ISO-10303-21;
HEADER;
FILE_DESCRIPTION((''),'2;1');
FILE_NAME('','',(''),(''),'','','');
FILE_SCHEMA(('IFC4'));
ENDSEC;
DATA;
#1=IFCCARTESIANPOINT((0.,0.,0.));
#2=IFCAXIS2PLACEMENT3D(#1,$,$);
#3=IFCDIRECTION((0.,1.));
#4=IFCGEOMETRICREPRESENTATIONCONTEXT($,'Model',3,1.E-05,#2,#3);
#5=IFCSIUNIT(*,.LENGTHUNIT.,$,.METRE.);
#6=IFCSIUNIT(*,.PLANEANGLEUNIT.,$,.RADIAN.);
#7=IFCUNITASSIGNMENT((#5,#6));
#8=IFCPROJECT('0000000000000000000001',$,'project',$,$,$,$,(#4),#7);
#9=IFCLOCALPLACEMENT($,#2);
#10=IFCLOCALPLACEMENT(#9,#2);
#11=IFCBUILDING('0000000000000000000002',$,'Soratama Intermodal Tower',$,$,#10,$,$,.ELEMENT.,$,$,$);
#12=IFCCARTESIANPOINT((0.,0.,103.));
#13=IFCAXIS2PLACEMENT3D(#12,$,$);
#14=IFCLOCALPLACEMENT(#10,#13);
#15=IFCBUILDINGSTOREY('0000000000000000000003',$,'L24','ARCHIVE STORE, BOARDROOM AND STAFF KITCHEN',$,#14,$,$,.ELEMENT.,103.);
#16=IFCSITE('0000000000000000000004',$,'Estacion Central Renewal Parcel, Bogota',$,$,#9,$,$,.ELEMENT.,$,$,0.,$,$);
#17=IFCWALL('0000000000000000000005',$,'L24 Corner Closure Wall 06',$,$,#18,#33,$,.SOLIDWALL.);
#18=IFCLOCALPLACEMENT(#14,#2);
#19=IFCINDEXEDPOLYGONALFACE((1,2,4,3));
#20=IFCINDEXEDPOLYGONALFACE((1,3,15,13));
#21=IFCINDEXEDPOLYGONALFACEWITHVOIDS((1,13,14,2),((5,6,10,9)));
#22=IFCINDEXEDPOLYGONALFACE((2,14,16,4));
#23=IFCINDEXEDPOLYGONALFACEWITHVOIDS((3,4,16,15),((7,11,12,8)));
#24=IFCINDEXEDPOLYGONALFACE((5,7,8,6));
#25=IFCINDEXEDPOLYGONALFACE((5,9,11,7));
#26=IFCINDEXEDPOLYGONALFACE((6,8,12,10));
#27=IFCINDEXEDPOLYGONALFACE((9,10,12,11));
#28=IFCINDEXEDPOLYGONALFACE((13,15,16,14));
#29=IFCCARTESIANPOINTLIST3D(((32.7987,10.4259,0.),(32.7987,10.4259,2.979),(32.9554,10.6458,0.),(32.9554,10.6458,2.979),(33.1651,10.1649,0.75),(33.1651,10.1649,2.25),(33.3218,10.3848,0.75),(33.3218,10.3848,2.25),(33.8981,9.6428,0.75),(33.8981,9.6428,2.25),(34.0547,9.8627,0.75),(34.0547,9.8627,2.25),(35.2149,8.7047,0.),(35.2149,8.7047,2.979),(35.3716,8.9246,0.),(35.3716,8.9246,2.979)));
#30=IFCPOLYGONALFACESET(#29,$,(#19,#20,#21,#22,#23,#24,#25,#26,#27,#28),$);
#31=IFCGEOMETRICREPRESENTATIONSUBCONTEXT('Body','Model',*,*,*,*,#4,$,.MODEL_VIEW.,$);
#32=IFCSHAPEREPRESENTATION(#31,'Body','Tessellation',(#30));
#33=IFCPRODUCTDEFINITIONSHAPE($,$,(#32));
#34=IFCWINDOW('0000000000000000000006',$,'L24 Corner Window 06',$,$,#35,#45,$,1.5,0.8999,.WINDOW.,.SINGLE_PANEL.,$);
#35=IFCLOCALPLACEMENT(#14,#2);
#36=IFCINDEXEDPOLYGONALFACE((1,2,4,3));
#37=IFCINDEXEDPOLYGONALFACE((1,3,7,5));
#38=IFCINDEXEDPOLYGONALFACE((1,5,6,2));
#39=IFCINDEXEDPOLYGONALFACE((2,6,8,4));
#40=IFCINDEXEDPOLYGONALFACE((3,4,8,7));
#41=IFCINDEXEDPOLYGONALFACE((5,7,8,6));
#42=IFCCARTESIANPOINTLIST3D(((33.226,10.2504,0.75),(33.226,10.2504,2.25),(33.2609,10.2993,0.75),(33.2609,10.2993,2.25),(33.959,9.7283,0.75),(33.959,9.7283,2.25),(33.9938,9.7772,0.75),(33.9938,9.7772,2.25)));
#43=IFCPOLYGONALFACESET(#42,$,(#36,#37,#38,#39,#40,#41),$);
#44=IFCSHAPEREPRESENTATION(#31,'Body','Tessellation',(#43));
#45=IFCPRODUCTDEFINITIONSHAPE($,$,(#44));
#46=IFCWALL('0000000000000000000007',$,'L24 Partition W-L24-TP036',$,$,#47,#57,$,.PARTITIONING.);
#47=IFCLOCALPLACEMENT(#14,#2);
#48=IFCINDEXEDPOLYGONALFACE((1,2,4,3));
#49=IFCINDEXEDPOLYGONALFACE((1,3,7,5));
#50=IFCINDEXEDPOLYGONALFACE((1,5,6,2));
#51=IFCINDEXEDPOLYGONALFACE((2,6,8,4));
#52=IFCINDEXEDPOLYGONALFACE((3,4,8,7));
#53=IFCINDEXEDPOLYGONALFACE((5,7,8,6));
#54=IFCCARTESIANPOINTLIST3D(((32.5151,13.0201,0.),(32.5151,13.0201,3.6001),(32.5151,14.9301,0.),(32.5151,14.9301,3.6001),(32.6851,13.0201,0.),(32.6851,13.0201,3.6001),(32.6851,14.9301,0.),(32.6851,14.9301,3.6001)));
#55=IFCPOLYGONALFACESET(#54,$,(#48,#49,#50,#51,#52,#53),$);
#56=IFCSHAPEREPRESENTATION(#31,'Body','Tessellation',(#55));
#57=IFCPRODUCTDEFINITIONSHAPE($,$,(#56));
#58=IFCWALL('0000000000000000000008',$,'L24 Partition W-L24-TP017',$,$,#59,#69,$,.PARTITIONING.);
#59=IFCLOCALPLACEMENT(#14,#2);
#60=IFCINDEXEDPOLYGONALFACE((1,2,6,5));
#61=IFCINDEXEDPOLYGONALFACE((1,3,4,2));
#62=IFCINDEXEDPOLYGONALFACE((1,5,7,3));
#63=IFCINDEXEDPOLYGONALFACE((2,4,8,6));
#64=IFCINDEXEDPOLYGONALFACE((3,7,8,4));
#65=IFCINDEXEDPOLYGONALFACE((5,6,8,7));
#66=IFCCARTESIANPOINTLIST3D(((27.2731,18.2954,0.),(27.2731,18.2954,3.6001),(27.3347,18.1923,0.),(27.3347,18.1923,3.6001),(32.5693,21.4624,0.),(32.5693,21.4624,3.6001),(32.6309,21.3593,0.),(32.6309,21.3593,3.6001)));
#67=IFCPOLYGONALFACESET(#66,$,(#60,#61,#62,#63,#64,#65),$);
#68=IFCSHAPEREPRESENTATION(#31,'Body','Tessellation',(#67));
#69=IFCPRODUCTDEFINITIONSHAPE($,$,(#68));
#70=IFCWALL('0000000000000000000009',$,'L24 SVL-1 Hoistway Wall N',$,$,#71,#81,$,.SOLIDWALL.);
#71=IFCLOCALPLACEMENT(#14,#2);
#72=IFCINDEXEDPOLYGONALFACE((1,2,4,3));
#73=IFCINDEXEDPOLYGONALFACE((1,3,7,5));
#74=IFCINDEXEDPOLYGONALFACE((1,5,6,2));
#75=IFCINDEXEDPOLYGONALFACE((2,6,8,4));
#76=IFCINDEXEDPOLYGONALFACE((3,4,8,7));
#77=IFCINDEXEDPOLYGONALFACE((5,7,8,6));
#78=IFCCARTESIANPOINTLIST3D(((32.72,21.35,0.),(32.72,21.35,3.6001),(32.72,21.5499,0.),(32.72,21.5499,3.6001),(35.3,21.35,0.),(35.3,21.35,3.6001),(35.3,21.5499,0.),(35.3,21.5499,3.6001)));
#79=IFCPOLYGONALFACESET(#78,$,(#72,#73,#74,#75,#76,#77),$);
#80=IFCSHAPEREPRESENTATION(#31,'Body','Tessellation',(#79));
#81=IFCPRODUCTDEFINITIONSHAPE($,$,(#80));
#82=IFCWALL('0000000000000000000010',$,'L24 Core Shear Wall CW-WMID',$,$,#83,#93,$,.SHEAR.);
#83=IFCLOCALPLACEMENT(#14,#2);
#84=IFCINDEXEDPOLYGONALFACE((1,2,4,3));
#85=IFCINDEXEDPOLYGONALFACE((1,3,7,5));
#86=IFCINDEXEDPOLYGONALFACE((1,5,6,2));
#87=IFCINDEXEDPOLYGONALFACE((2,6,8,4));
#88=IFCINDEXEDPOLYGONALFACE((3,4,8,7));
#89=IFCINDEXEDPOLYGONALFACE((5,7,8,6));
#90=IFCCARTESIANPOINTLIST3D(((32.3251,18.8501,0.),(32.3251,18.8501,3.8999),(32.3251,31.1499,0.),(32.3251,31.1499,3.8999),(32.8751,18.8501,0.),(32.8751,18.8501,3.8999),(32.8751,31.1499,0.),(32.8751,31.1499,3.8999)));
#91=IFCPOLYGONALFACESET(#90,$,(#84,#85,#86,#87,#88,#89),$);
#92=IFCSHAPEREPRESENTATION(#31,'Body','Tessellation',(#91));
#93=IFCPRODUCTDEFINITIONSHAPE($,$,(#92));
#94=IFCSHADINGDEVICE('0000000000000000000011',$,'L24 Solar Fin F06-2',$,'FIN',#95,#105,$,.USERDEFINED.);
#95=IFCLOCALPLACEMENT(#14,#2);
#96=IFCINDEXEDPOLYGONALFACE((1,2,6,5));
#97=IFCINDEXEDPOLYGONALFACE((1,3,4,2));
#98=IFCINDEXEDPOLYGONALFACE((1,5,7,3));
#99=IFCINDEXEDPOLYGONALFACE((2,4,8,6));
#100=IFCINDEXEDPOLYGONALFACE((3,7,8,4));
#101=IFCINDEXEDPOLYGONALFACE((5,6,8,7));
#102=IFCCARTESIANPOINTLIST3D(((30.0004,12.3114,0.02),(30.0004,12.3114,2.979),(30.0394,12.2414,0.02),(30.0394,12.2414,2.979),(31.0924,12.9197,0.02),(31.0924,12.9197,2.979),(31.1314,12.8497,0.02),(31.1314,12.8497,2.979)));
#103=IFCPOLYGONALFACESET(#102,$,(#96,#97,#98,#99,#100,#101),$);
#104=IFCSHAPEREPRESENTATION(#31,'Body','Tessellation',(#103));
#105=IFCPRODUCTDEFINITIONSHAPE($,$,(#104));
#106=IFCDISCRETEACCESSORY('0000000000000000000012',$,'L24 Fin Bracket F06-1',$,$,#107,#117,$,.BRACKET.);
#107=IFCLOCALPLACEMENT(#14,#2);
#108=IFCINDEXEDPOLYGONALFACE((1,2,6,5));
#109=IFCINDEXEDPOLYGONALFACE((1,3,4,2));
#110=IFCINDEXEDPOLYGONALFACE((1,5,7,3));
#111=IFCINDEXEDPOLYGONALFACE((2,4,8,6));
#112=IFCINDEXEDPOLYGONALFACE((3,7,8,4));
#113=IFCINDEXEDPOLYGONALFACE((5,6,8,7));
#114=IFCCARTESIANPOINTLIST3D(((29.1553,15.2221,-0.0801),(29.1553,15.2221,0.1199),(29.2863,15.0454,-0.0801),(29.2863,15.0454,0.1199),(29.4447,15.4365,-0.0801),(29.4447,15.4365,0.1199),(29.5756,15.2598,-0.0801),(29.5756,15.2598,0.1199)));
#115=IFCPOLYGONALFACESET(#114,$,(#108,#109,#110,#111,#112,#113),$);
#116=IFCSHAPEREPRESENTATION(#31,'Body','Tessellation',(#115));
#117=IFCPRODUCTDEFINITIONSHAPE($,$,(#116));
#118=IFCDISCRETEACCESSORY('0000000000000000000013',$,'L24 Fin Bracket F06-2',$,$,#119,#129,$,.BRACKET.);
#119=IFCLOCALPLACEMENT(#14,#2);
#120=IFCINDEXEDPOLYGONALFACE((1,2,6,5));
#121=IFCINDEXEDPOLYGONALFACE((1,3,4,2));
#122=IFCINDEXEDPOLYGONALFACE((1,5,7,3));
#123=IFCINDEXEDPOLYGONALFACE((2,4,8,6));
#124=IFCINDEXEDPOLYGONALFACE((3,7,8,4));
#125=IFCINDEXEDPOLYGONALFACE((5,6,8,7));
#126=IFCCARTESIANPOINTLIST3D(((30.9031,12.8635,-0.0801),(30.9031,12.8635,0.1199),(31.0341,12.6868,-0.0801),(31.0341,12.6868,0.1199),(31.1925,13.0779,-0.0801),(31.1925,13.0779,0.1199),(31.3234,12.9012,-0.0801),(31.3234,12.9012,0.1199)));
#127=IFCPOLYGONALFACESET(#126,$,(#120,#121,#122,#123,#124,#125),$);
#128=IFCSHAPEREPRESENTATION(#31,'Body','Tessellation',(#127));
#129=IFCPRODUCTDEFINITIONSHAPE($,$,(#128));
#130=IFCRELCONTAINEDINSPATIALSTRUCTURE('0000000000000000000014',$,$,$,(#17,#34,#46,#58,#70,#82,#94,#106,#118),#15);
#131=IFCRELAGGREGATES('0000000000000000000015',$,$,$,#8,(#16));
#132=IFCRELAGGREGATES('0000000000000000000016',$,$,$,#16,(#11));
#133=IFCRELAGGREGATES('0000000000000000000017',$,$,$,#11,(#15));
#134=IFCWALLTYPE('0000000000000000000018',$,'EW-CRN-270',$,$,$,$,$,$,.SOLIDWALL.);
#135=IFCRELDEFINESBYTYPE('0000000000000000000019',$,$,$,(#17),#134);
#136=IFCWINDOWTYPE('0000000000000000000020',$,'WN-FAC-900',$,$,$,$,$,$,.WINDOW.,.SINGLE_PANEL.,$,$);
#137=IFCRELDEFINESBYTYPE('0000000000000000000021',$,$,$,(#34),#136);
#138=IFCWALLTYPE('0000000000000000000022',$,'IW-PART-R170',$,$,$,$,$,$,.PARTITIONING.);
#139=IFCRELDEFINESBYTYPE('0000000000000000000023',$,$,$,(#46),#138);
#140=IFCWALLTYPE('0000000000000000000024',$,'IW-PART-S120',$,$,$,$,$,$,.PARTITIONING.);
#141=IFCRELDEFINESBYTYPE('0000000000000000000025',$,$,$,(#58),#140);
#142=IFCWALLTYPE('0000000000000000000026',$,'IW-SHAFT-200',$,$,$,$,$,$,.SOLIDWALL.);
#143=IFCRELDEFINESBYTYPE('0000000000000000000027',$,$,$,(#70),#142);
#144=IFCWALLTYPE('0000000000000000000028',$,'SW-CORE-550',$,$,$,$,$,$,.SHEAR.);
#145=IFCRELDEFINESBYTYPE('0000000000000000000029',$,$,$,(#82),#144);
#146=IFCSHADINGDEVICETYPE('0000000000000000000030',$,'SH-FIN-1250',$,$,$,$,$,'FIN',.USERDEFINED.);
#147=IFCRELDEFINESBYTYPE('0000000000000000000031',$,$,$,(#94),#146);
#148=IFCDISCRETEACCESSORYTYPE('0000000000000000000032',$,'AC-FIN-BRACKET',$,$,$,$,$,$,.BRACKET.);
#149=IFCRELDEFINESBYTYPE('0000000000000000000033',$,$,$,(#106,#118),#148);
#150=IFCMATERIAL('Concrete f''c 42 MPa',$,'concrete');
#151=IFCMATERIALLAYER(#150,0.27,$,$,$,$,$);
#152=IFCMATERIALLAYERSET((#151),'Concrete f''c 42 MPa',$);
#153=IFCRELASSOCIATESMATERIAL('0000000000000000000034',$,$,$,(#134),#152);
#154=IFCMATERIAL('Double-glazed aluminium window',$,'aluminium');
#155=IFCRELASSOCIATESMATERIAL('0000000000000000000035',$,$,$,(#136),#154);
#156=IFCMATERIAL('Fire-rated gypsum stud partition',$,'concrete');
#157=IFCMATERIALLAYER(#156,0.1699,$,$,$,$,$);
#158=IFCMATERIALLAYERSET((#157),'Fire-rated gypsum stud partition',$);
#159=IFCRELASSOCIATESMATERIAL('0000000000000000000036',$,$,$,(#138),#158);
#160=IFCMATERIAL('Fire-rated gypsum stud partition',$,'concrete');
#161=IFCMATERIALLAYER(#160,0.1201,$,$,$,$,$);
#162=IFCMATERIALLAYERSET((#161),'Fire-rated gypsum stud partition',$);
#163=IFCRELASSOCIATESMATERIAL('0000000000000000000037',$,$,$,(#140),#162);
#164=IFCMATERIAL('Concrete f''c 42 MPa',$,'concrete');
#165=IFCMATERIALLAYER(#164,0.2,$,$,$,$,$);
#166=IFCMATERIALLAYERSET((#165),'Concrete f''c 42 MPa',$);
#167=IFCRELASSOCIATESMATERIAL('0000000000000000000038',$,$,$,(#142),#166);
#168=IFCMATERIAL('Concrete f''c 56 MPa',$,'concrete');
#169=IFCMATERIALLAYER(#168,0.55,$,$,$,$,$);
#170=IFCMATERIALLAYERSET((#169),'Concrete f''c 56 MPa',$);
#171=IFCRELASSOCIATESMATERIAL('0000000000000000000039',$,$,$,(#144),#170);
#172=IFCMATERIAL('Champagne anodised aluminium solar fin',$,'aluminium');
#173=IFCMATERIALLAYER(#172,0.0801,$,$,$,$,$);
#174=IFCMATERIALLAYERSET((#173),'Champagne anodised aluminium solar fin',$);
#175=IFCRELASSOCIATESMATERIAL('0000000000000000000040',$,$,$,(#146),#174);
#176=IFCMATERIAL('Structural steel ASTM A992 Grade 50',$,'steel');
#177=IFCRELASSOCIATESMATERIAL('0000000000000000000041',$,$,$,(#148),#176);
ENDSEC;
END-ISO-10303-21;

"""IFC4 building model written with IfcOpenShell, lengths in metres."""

from ifc_helpers import new_model, si_unit, direction, frame, frame_2d, origin, origin_2d, place, context, subcontext, project, spatial, rectangle, extrude, material, layer, layer_set, type_object, element, fill, save


model = new_model("IFC4")

# Units and contexts
model_context = context("Model", 3, precision=1e-05, world=origin(), true_north=direction((0.0, 1.0)))
body_context = subcontext(model_context, "Body", "Model", "MODEL_VIEW")
ifc_project = project(units=[si_unit("LENGTHUNIT", "METRE"), si_unit("PLANEANGLEUNIT", "RADIAN")], contexts=[model_context])

# Site, building, storey
site_placement = place(None, origin())
site = spatial("IfcSite", under=ifc_project, at=site_placement, Name="Estacion Central Renewal Parcel, Bogota", CompositionType="ELEMENT", RefElevation=0.0)
building_placement = place(site_placement, origin())
building = spatial("IfcBuilding", under=site, at=building_placement, Name="Soratama Intermodal Tower", CompositionType="ELEMENT")
storey_placement = place(building_placement, frame((0.0, 0.0, 103.0)))
storey = spatial("IfcBuildingStorey", under=building, at=storey_placement, Name="L24", Description="ARCHIVE STORE, BOARDROOM AND STAFF KITCHEN", CompositionType="ELEMENT", Elevation=103.0)

# Wall, opening, window
ifc_material_1 = material(Name="Concrete f'c 42 MPa", Category="concrete")
ifc_layer_1 = layer(ifc_material_1, 0.27)
ifc_layer_set_1 = layer_set([ifc_layer_1], Name="Concrete f'c 42 MPa")
wall_type_1 = type_object("IfcWallType", Name="EW-CRN-270", PredefinedType="SOLIDWALL", material=ifc_layer_set_1)
wall_1_placement = place(storey_placement, frame((32.877, 10.5359, 0.0), z_axis=(0.0, 0.0, 1.0), x_axis=(0.814483, -0.580187, 0.0)))
wall_1 = element("IfcWall", 1, at=wall_1_placement, inside=storey, type_object=wall_type_1, Name="L24 Corner Closure Wall 06", PredefinedType="SOLIDWALL", context=body_context, shape_type="SweptSolid", body=[
    extrude(rectangle(XDim=2.9666, YDim=0.27, at=frame_2d((1.4834, 0.0))), origin(), (0.0, 0.0, 1.0), 2.979),
])
opening_placement = place(wall_1_placement, frame((0.45, 0.0, 0.75)))
opening = element("IfcOpeningElement", 2, at=opening_placement, cuts=wall_1, PredefinedType="OPENING", context=body_context, shape_type="SweptSolid", body=[
    extrude(rectangle(XDim=0.8999, YDim=1.5, at=frame_2d((0.45, 0.75))), frame((0.0, 0.145, 0.0), z_axis=(0.0, -1.0, 0.0), x_axis=(1.0, 0.0, 0.0)), (0.0, 0.0, 1.0), 0.29),
])
ifc_material_2 = material(Name="Double-glazed aluminium window", Category="aluminium")
window_type = type_object("IfcWindowType", Name="WN-FAC-900", PartitioningType="SINGLE_PANEL", PredefinedType="WINDOW", material=ifc_material_2)
window_placement = place(opening_placement, origin())
window = element("IfcWindow", 3, at=window_placement, inside=storey, type_object=window_type, Name="L24 Corner Window 06", OverallHeight=1.5, OverallWidth=0.8999, PartitioningType="SINGLE_PANEL", PredefinedType="WINDOW", context=body_context, shape_type="SweptSolid", body=[
    extrude(rectangle(XDim=0.8999, YDim=1.5, at=frame_2d((0.45, 0.75))), frame((0.0, 0.03, 0.0), z_axis=(0.0, -1.0, 0.0), x_axis=(1.0, 0.0, 0.0)), (0.0, 0.0, 1.0), 0.0601),
])
fill(opening, window)

# Walls
ifc_material_3 = material(Name="Fire-rated gypsum stud partition", Category="concrete")
ifc_layer_2 = layer(ifc_material_3, 0.1699)
ifc_layer_set_2 = layer_set([ifc_layer_2], Name="Fire-rated gypsum stud partition")
wall_type_2 = type_object("IfcWallType", Name="IW-PART-R170", PredefinedType="PARTITIONING", material=ifc_layer_set_2)
wall_2_placement = place(storey_placement, frame((32.6001, 13.02, 0.0), z_axis=(0.0, 0.0, 1.0), x_axis=(0.0, 1.0, 0.0)))
element("IfcWall", 4, at=wall_2_placement, inside=storey, type_object=wall_type_2, Name="L24 Partition W-L24-TP036", PredefinedType="PARTITIONING", context=body_context, shape_type="SweptSolid", body=[
    extrude(rectangle(XDim=1.9099, YDim=0.1699, at=frame_2d((0.9551, 0.0))), origin(), (0.0, 0.0, 1.0), 3.6001),
])
ifc_material_4 = material(Name="Fire-rated gypsum stud partition", Category="concrete")
ifc_layer_3 = layer(ifc_material_4, 0.1201)
ifc_layer_set_3 = layer_set([ifc_layer_3], Name="Fire-rated gypsum stud partition")
wall_type_3 = type_object("IfcWallType", Name="IW-PART-S120", PredefinedType="PARTITIONING", material=ifc_layer_set_3)
wall_3_placement = place(storey_placement, frame((32.6001, 21.4109, 0.0), z_axis=(0.0, 0.0, 1.0), x_axis=(-0.858256, -0.513221, 0.0)))
element("IfcWall", 5, at=wall_3_placement, inside=storey, type_object=wall_type_3, Name="L24 Partition W-L24-TP017", PredefinedType="PARTITIONING", context=body_context, shape_type="SweptSolid", body=[
    extrude(rectangle(XDim=6.1709, YDim=0.1201, at=frame_2d((3.0854, 0.0))), origin(), (0.0, 0.0, 1.0), 3.6001),
])
ifc_material_5 = material(Name="Concrete f'c 42 MPa", Category="concrete")
ifc_layer_4 = layer(ifc_material_5, 0.2)
ifc_layer_set_4 = layer_set([ifc_layer_4], Name="Concrete f'c 42 MPa")
wall_type_4 = type_object("IfcWallType", Name="IW-SHAFT-200", PredefinedType="SOLIDWALL", material=ifc_layer_set_4)
wall_4_placement = place(storey_placement, frame((32.72, 21.45, 0.0), z_axis=(0.0, 0.0, 1.0), x_axis=(1.0, 0.0, 0.0)))
element("IfcWall", 6, at=wall_4_placement, inside=storey, type_object=wall_type_4, Name="L24 SVL-1 Hoistway Wall N", PredefinedType="SOLIDWALL", context=body_context, shape_type="SweptSolid", body=[
    extrude(rectangle(XDim=2.5801, YDim=0.2, at=frame_2d((1.29, 0.0))), origin(), (0.0, 0.0, 1.0), 3.6001),
])
ifc_material_6 = material(Name="Concrete f'c 56 MPa", Category="concrete")
ifc_layer_5 = layer(ifc_material_6, 0.55)
ifc_layer_set_5 = layer_set([ifc_layer_5], Name="Concrete f'c 56 MPa")
wall_type_5 = type_object("IfcWallType", Name="SW-CORE-550", PredefinedType="SHEAR", material=ifc_layer_set_5)
wall_5_placement = place(storey_placement, frame((32.6001, 18.8501, 0.0), z_axis=(0.0, 0.0, 1.0), x_axis=(0.0, 1.0, 0.0)))
element("IfcWall", 7, at=wall_5_placement, inside=storey, type_object=wall_type_5, Name="L24 Core Shear Wall CW-WMID", PredefinedType="SHEAR", context=body_context, shape_type="SweptSolid", body=[
    extrude(rectangle(XDim=12.2998, YDim=0.55, at=frame_2d((6.1499, 0.0))), origin(), (0.0, 0.0, 1.0), 3.8999),
])

# Shading device
ifc_material_7 = material(Name="Champagne anodised aluminium solar fin", Category="aluminium")
ifc_layer_6 = layer(ifc_material_7, 0.0801)
ifc_layer_set_6 = layer_set([ifc_layer_6], Name="Champagne anodised aluminium solar fin")
shading_device_type = type_object("IfcShadingDeviceType", Name="SH-FIN-1250", ElementType="FIN", PredefinedType="USERDEFINED", material=ifc_layer_set_6)
shading_device_placement = place(storey_placement, frame((30.5659, 12.5806, 0.02), z_axis=(0.0, 0.0, 1.0), x_axis=(-0.873602, -0.48664, 0.0)))
element("IfcShadingDevice", 8, at=shading_device_placement, inside=storey, type_object=shading_device_type, Name="L24 Solar Fin F06-2", ObjectType="FIN", PredefinedType="USERDEFINED", context=body_context, shape_type="SweptSolid", body=[
    extrude(rectangle(XDim=1.25, YDim=0.0801, at=origin_2d()), origin(), (0.0, 0.0, 1.0), 2.959),
])

# Discrete accessories
ifc_material_8 = material(Name="Structural steel ASTM A992 Grade 50", Category="steel")
discrete_accessory_type = type_object("IfcDiscreteAccessoryType", Name="AC-FIN-BRACKET", PredefinedType="BRACKET", material=ifc_material_8)
for number, where, z_axis, x_axis, name in (
    (9, (29.3655, 15.241, -0.0801), (0.0, 0.0, 1.0), (-0.803441, -0.595384, 0.0), "L24 Fin Bracket F06-1"),
    (10, (31.1133, 12.8823, -0.0801), (0.0, 0.0, 1.0), (-0.803441, -0.595384, 0.0), "L24 Fin Bracket F06-2"),
):
    element("IfcDiscreteAccessory", number, at=place(storey_placement, frame(where, z_axis=z_axis, x_axis=x_axis)), inside=storey, type_object=discrete_accessory_type, Name=name, PredefinedType="BRACKET", context=body_context, shape_type="SweptSolid", body=[
        extrude(rectangle(XDim=0.3601, YDim=0.22, at=origin_2d()), origin(), (0.0, 0.0, 1.0), 0.2),
    ])

save(model, "model.ifc")
